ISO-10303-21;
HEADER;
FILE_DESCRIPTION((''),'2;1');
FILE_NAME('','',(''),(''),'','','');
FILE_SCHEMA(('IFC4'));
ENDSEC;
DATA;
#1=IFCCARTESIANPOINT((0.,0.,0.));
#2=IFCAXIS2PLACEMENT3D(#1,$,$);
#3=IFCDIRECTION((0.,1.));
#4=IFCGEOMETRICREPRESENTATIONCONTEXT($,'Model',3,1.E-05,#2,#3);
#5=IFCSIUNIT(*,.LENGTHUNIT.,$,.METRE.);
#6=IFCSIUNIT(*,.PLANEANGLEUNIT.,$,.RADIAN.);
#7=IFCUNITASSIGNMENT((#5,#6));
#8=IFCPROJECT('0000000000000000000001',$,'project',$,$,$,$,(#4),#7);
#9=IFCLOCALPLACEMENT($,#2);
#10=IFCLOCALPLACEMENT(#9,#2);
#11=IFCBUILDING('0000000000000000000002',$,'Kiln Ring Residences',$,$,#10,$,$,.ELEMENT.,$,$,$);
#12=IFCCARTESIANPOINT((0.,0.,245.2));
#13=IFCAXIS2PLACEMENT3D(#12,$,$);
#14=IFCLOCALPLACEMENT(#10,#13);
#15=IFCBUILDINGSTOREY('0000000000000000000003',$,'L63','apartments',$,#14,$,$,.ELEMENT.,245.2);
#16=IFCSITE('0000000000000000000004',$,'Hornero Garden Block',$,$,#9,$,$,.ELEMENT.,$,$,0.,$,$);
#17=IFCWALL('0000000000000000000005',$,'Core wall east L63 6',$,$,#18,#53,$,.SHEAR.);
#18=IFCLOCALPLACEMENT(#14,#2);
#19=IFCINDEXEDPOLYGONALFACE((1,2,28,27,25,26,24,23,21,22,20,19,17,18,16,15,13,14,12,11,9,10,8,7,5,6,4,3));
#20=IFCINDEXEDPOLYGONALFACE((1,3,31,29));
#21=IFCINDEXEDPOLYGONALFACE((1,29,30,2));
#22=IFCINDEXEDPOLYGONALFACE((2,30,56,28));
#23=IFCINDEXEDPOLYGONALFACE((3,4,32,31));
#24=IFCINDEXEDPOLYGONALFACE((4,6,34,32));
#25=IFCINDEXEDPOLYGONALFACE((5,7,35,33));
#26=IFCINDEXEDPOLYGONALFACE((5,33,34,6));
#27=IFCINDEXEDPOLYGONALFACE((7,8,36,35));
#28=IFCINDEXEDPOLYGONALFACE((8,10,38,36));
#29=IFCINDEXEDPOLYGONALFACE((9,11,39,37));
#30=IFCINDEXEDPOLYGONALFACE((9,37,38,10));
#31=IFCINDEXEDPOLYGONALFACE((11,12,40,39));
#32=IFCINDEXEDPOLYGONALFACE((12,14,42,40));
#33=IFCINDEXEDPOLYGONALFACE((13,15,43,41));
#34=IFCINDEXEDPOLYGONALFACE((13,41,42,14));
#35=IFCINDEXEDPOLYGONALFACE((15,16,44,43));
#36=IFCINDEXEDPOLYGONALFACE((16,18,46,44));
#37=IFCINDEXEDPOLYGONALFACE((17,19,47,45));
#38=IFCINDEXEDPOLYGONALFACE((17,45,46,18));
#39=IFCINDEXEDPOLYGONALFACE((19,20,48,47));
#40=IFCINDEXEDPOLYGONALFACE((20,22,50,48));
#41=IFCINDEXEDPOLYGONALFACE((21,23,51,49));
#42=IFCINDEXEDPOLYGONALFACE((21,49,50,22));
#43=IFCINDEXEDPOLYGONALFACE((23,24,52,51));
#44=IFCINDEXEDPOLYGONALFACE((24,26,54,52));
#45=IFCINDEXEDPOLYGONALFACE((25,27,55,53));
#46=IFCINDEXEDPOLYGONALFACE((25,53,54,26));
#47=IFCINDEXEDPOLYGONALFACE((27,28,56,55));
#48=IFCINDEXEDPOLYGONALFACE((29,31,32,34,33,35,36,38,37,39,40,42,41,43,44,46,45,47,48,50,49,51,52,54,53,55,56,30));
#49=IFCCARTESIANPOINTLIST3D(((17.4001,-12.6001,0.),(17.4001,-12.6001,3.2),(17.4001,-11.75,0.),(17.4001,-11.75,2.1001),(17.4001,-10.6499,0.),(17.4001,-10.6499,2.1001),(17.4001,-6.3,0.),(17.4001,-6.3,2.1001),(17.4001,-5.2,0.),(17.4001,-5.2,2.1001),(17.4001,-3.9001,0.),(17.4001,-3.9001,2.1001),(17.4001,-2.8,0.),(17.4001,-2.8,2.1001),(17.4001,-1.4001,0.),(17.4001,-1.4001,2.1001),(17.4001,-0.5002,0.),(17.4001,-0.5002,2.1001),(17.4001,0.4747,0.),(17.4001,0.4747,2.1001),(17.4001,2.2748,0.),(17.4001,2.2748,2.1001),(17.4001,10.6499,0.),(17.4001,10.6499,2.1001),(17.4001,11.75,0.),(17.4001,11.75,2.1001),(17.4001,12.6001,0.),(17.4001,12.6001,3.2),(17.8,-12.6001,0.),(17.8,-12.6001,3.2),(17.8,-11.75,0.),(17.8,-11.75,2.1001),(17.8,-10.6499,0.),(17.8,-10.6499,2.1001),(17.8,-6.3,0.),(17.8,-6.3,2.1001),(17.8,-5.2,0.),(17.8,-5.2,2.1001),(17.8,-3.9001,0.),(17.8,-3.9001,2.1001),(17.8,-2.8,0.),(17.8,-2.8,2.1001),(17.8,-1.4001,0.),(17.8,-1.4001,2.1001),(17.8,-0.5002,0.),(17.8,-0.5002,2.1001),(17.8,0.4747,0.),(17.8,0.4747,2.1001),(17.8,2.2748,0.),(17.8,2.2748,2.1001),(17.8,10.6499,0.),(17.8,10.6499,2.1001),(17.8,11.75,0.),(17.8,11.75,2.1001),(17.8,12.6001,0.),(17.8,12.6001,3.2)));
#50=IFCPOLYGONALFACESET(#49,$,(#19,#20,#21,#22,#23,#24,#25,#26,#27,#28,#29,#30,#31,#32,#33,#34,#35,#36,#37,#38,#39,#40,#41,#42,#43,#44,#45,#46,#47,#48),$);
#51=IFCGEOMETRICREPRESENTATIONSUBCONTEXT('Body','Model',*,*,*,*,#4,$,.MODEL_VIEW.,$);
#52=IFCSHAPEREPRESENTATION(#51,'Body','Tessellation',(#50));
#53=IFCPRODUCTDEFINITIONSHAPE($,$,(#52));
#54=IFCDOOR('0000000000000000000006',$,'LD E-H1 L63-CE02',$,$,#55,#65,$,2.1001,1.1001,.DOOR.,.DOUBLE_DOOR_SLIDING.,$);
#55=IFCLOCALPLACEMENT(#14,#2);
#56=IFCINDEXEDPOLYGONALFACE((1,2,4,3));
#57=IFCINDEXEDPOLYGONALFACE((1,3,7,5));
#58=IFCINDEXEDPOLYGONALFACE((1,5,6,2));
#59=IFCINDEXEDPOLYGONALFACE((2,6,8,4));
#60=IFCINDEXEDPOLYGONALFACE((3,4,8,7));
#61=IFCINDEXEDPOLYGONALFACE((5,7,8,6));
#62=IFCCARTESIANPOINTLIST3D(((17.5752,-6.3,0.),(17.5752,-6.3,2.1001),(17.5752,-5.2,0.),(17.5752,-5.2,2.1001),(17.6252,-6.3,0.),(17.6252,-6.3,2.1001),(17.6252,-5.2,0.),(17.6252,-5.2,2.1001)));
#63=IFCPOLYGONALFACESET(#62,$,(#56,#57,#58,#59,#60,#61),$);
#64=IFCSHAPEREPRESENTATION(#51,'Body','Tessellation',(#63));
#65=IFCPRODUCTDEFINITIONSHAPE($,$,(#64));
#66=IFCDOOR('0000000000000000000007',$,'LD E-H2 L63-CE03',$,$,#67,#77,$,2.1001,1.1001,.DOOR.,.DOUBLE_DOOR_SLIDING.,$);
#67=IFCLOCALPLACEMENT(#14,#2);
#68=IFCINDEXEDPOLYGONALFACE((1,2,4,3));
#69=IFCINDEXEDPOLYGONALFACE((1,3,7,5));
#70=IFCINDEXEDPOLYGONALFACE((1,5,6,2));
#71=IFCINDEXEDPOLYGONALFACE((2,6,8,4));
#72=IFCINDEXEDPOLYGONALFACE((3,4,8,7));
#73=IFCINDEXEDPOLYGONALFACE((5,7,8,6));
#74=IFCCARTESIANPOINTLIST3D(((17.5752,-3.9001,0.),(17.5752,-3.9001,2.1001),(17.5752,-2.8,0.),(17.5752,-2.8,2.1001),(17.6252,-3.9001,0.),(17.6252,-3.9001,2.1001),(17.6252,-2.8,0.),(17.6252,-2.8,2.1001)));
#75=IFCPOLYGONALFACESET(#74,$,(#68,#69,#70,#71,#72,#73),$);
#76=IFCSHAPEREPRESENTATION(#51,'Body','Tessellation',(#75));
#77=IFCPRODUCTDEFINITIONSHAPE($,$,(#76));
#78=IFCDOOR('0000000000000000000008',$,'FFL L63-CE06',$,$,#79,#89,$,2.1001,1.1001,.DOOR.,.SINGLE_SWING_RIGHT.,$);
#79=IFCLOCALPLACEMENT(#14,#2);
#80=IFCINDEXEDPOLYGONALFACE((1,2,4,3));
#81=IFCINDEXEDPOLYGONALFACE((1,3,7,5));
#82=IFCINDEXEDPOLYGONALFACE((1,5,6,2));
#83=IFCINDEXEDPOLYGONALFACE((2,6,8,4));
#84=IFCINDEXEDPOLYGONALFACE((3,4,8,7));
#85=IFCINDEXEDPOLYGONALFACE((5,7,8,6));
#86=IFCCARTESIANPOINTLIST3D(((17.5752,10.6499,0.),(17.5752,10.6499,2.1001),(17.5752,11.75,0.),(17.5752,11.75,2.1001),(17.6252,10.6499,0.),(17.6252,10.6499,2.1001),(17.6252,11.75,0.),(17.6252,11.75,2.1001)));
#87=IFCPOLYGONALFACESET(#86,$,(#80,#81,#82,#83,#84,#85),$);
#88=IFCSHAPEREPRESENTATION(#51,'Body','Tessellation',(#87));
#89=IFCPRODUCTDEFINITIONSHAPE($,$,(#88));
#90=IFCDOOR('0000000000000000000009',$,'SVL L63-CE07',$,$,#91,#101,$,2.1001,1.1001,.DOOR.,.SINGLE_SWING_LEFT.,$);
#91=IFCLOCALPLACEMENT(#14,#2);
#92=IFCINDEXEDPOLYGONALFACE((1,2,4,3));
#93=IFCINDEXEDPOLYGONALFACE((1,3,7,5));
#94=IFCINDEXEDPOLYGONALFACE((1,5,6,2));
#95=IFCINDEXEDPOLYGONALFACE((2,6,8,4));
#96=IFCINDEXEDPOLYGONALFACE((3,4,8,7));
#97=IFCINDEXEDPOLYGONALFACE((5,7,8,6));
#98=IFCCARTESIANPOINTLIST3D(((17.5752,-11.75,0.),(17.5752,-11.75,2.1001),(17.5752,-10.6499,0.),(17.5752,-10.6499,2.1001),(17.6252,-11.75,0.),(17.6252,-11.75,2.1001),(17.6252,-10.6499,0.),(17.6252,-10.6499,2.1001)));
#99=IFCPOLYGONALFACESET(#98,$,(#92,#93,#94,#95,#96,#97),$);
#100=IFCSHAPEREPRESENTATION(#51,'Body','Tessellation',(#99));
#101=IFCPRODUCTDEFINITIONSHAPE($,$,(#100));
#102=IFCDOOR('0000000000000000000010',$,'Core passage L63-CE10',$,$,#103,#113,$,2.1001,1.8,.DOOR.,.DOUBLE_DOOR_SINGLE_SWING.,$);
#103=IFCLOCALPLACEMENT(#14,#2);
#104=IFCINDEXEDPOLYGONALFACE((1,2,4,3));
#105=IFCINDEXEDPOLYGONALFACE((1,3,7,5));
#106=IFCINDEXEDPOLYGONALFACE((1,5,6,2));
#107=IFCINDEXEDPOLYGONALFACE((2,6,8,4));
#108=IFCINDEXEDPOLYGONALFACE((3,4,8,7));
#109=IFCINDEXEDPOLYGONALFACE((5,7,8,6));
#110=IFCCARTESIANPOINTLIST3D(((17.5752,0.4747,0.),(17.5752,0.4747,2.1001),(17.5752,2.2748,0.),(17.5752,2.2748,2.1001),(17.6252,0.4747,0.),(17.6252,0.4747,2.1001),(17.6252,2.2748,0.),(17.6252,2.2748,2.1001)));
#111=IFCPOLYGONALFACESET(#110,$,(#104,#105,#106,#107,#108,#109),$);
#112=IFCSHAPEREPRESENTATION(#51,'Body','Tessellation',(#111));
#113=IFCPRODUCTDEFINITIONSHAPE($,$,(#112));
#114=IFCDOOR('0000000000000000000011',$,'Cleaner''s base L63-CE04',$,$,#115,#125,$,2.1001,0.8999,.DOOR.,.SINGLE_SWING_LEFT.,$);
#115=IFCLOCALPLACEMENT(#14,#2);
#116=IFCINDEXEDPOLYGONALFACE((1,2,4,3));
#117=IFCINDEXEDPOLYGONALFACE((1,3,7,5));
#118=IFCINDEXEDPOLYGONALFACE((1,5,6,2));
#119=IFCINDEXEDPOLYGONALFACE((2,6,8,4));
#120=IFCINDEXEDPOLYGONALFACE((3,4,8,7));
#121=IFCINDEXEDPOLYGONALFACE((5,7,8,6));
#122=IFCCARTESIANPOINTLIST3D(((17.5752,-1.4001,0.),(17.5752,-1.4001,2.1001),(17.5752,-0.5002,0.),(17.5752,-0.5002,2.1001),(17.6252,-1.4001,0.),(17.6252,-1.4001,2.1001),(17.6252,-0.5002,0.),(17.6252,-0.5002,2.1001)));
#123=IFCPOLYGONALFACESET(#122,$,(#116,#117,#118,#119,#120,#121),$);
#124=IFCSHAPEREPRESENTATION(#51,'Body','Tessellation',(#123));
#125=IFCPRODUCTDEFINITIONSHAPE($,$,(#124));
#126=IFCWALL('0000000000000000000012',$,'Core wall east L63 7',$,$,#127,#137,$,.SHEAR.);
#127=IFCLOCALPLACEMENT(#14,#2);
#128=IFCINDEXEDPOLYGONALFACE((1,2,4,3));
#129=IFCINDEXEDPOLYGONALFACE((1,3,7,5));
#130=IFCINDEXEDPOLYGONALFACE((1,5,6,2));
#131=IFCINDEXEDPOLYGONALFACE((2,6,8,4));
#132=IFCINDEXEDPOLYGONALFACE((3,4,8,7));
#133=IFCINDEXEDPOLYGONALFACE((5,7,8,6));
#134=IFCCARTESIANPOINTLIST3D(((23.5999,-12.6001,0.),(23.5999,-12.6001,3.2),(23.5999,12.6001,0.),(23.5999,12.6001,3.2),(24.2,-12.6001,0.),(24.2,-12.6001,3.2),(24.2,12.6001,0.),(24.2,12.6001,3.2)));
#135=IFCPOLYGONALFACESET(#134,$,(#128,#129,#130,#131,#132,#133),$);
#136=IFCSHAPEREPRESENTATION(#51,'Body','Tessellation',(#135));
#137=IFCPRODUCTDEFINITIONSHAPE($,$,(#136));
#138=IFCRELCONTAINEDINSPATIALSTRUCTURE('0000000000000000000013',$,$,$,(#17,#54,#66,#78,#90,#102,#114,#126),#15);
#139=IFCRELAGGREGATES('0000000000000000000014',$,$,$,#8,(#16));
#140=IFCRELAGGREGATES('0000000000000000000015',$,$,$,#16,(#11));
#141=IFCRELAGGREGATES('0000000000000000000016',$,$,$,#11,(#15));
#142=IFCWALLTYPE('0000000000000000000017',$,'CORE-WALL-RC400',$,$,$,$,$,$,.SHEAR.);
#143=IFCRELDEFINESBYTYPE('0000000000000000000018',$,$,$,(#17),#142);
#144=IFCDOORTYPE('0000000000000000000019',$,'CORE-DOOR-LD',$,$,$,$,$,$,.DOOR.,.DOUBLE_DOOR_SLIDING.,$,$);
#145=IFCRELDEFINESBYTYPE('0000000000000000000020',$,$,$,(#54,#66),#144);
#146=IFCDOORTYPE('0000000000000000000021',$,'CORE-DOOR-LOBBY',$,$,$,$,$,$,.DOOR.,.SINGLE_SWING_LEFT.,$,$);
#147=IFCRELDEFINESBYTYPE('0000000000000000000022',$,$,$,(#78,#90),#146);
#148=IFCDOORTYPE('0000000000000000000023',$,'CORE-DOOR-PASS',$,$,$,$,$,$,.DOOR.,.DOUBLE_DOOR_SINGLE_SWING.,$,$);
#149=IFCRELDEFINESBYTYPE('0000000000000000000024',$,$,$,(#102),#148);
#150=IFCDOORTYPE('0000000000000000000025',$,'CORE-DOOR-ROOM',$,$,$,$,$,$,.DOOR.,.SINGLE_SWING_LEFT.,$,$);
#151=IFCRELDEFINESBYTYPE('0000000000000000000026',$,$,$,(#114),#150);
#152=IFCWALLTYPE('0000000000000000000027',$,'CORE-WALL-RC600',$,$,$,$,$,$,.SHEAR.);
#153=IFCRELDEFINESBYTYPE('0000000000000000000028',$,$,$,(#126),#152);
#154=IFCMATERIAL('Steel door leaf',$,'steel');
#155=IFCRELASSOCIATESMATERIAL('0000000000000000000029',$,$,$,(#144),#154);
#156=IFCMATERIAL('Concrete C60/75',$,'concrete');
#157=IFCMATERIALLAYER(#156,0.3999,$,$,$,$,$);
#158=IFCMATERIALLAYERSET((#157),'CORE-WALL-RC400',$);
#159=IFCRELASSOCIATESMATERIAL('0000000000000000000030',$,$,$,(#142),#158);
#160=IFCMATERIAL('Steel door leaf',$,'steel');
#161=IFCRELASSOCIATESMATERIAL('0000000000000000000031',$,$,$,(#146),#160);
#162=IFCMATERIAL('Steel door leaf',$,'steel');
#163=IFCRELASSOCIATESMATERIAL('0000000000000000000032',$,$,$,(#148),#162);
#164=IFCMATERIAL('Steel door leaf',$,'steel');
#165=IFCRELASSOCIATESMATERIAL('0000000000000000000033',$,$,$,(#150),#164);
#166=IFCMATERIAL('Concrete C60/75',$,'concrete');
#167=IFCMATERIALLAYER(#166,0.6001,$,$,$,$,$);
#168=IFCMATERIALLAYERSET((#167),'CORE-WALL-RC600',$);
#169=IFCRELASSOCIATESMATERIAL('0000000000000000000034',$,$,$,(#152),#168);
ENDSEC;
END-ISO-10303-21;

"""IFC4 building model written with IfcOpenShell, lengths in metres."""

from ifc_helpers import new_model, si_unit, direction, frame, frame_2d, origin, place, context, subcontext, project, spatial, rectangle, extrude, material, layer, layer_set, type_object, element, fill, save


model = new_model("IFC4")

# Units and contexts
model_context = context("Model", 3, precision=1e-05, world=origin(), true_north=direction((0.0, 1.0)))
body_context = subcontext(model_context, "Body", "Model", "MODEL_VIEW")
ifc_project = project(units=[si_unit("LENGTHUNIT", "METRE"), si_unit("PLANEANGLEUNIT", "RADIAN")], contexts=[model_context])

# Site, building, storey
site_placement = place(None, origin())
site = spatial("IfcSite", under=ifc_project, at=site_placement, Name="Hornero Garden Block", CompositionType="ELEMENT", RefElevation=0.0)
building_placement = place(site_placement, origin())
building = spatial("IfcBuilding", under=site, at=building_placement, Name="Kiln Ring Residences", CompositionType="ELEMENT")
storey_placement = place(building_placement, frame((0.0, 0.0, 245.2)))
storey = spatial("IfcBuildingStorey", under=building, at=storey_placement, Name="L63", Description="apartments", CompositionType="ELEMENT", Elevation=245.2)

# Wall, openings, doors
ifc_material_1 = material(Name="Steel door leaf", Category="steel")
door_type_1 = type_object("IfcDoorType", Name="CORE-DOOR-LD", OperationType="DOUBLE_DOOR_SLIDING", PredefinedType="DOOR", material=ifc_material_1)
ifc_material_2 = material(Name="Concrete C60/75", Category="concrete")
ifc_layer_1 = layer(ifc_material_2, 0.3999)
ifc_layer_set_1 = layer_set([ifc_layer_1], Name="CORE-WALL-RC400")
wall_type_1 = type_object("IfcWallType", Name="CORE-WALL-RC400", PredefinedType="SHEAR", material=ifc_layer_set_1)
wall_1_placement = place(storey_placement, frame((17.6001, -12.6001, 0.0), z_axis=(0.0, 0.0, 1.0), x_axis=(0.0, 1.0, 0.0)))
wall_1 = element("IfcWall", 1, at=wall_1_placement, inside=storey, type_object=wall_type_1, Name="Core wall east L63 6", PredefinedType="SHEAR", context=body_context, shape_type="SweptSolid", body=[
    extrude(rectangle(XDim=25.2002, YDim=0.3999, at=frame_2d((12.6001, 0.0))), origin(), (0.0, 0.0, 1.0), 3.2),
])
opening_1_placement = place(wall_1_placement, frame((6.3, 0.0, 0.0)))
opening_1 = element("IfcOpeningElement", 2, at=opening_1_placement, cuts=wall_1, PredefinedType="OPENING", context=body_context, shape_type="SweptSolid", body=[
    extrude(rectangle(XDim=1.1001, YDim=2.1001, at=frame_2d((0.55, 1.05))), frame((0.0, 0.21, 0.0), z_axis=(0.0, -1.0, 0.0), x_axis=(1.0, 0.0, 0.0)), (0.0, 0.0, 1.0), 0.4199),
])
opening_2_placement = place(wall_1_placement, frame((8.7, 0.0, 0.0)))
opening_2 = element("IfcOpeningElement", 3, at=opening_2_placement, cuts=wall_1, PredefinedType="OPENING", context=body_context, shape_type="SweptSolid", body=[
    extrude(rectangle(XDim=1.1001, YDim=2.1001, at=frame_2d((0.55, 1.05))), frame((0.0, 0.21, 0.0), z_axis=(0.0, -1.0, 0.0), x_axis=(1.0, 0.0, 0.0)), (0.0, 0.0, 1.0), 0.4199),
])
opening_3_placement = place(wall_1_placement, frame((11.2, 0.0, 0.0)))
opening_3 = element("IfcOpeningElement", 4, at=opening_3_placement, cuts=wall_1, PredefinedType="OPENING", context=body_context, shape_type="SweptSolid", body=[
    extrude(rectangle(XDim=0.8999, YDim=2.1001, at=frame_2d((0.45, 1.05))), frame((0.0, 0.21, 0.0), z_axis=(0.0, -1.0, 0.0), x_axis=(1.0, 0.0, 0.0)), (0.0, 0.0, 1.0), 0.4199),
])
opening_4_placement = place(wall_1_placement, frame((23.25, 0.0, 0.0)))
opening_4 = element("IfcOpeningElement", 5, at=opening_4_placement, cuts=wall_1, PredefinedType="OPENING", context=body_context, shape_type="SweptSolid", body=[
    extrude(rectangle(XDim=1.1001, YDim=2.1001, at=frame_2d((0.55, 1.05))), frame((0.0, 0.21, 0.0), z_axis=(0.0, -1.0, 0.0), x_axis=(1.0, 0.0, 0.0)), (0.0, 0.0, 1.0), 0.4199),
])
opening_5_placement = place(wall_1_placement, frame((0.8501, 0.0, 0.0)))
opening_5 = element("IfcOpeningElement", 6, at=opening_5_placement, cuts=wall_1, PredefinedType="OPENING", context=body_context, shape_type="SweptSolid", body=[
    extrude(rectangle(XDim=1.1001, YDim=2.1001, at=frame_2d((0.55, 1.05))), frame((0.0, 0.21, 0.0), z_axis=(0.0, -1.0, 0.0), x_axis=(1.0, 0.0, 0.0)), (0.0, 0.0, 1.0), 0.4199),
])
opening_6_placement = place(wall_1_placement, frame((13.075, 0.0, 0.0)))
opening_6 = element("IfcOpeningElement", 7, at=opening_6_placement, cuts=wall_1, PredefinedType="OPENING", context=body_context, shape_type="SweptSolid", body=[
    extrude(rectangle(XDim=1.8, YDim=2.1001, at=frame_2d((0.8999, 1.05))), frame((0.0, 0.21, 0.0), z_axis=(0.0, -1.0, 0.0), x_axis=(1.0, 0.0, 0.0)), (0.0, 0.0, 1.0), 0.4199),
])
door_1_placement = place(opening_1_placement, origin())
door_1 = element("IfcDoor", 8, at=door_1_placement, inside=storey, type_object=door_type_1, Name="LD E-H1 L63-CE02", OperationType="DOUBLE_DOOR_SLIDING", OverallHeight=2.1001, OverallWidth=1.1001, PredefinedType="DOOR", context=body_context, shape_type="SweptSolid", body=[
    extrude(rectangle(XDim=1.1001, YDim=2.1001, at=frame_2d((0.55, 1.05))), frame((0.0, 0.0249, 0.0), z_axis=(0.0, -1.0, 0.0), x_axis=(1.0, 0.0, 0.0)), (0.0, 0.0, 1.0), 0.05),
])
fill(opening_1, door_1)
door_2_placement = place(opening_2_placement, origin())
door_2 = element("IfcDoor", 9, at=door_2_placement, inside=storey, type_object=door_type_1, Name="LD E-H2 L63-CE03", OperationType="DOUBLE_DOOR_SLIDING", OverallHeight=2.1001, OverallWidth=1.1001, PredefinedType="DOOR", context=body_context, shape_type="SweptSolid", body=[
    extrude(rectangle(XDim=1.1001, YDim=2.1001, at=frame_2d((0.55, 1.05))), frame((0.0, 0.0249, 0.0), z_axis=(0.0, -1.0, 0.0), x_axis=(1.0, 0.0, 0.0)), (0.0, 0.0, 1.0), 0.05),
])
fill(opening_2, door_2)
ifc_material_3 = material(Name="Steel door leaf", Category="steel")
door_type_2 = type_object("IfcDoorType", Name="CORE-DOOR-LOBBY", OperationType="SINGLE_SWING_LEFT", PredefinedType="DOOR", material=ifc_material_3)
door_3_placement = place(opening_4_placement, origin())
door_3 = element("IfcDoor", 10, at=door_3_placement, inside=storey, type_object=door_type_2, Name="FFL L63-CE06", OperationType="SINGLE_SWING_RIGHT", OverallHeight=2.1001, OverallWidth=1.1001, PredefinedType="DOOR", context=body_context, shape_type="SweptSolid", body=[
    extrude(rectangle(XDim=1.1001, YDim=2.1001, at=frame_2d((0.55, 1.05))), frame((0.0, 0.0249, 0.0), z_axis=(0.0, -1.0, 0.0), x_axis=(1.0, 0.0, 0.0)), (0.0, 0.0, 1.0), 0.05),
])
fill(opening_4, door_3)
door_4_placement = place(opening_5_placement, origin())
door_4 = element("IfcDoor", 11, at=door_4_placement, inside=storey, type_object=door_type_2, Name="SVL L63-CE07", OperationType="SINGLE_SWING_LEFT", OverallHeight=2.1001, OverallWidth=1.1001, PredefinedType="DOOR", context=body_context, shape_type="SweptSolid", body=[
    extrude(rectangle(XDim=1.1001, YDim=2.1001, at=frame_2d((0.55, 1.05))), frame((0.0, 0.0249, 0.0), z_axis=(0.0, -1.0, 0.0), x_axis=(1.0, 0.0, 0.0)), (0.0, 0.0, 1.0), 0.05),
])
fill(opening_5, door_4)
ifc_material_4 = material(Name="Steel door leaf", Category="steel")
door_type_3 = type_object("IfcDoorType", Name="CORE-DOOR-PASS", OperationType="DOUBLE_DOOR_SINGLE_SWING", PredefinedType="DOOR", material=ifc_material_4)
door_5_placement = place(opening_6_placement, origin())
door_5 = element("IfcDoor", 12, at=door_5_placement, inside=storey, type_object=door_type_3, Name="Core passage L63-CE10", OperationType="DOUBLE_DOOR_SINGLE_SWING", OverallHeight=2.1001, OverallWidth=1.8, PredefinedType="DOOR", context=body_context, shape_type="SweptSolid", body=[
    extrude(rectangle(XDim=1.8, YDim=2.1001, at=frame_2d((0.8999, 1.05))), frame((0.0, 0.0249, 0.0), z_axis=(0.0, -1.0, 0.0), x_axis=(1.0, 0.0, 0.0)), (0.0, 0.0, 1.0), 0.05),
])
fill(opening_6, door_5)
ifc_material_5 = material(Name="Steel door leaf", Category="steel")
door_type_4 = type_object("IfcDoorType", Name="CORE-DOOR-ROOM", OperationType="SINGLE_SWING_LEFT", PredefinedType="DOOR", material=ifc_material_5)
door_6_placement = place(opening_3_placement, origin())
door_6 = element("IfcDoor", 13, at=door_6_placement, inside=storey, type_object=door_type_4, Name="Cleaner's base L63-CE04", OperationType="SINGLE_SWING_LEFT", OverallHeight=2.1001, OverallWidth=0.8999, PredefinedType="DOOR", context=body_context, shape_type="SweptSolid", body=[
    extrude(rectangle(XDim=0.8999, YDim=2.1001, at=frame_2d((0.45, 1.05))), frame((0.0, 0.0249, 0.0), z_axis=(0.0, -1.0, 0.0), x_axis=(1.0, 0.0, 0.0)), (0.0, 0.0, 1.0), 0.05),
])
fill(opening_3, door_6)

# Wall
ifc_material_6 = material(Name="Concrete C60/75", Category="concrete")
ifc_layer_2 = layer(ifc_material_6, 0.6001)
ifc_layer_set_2 = layer_set([ifc_layer_2], Name="CORE-WALL-RC600")
wall_type_2 = type_object("IfcWallType", Name="CORE-WALL-RC600", PredefinedType="SHEAR", material=ifc_layer_set_2)
wall_2_placement = place(storey_placement, frame((23.8999, -12.6001, 0.0), z_axis=(0.0, 0.0, 1.0), x_axis=(0.0, 1.0, 0.0)))
element("IfcWall", 14, at=wall_2_placement, inside=storey, type_object=wall_type_2, Name="Core wall east L63 7", PredefinedType="SHEAR", context=body_context, shape_type="SweptSolid", body=[
    extrude(rectangle(XDim=25.2002, YDim=0.6001, at=frame_2d((12.6001, 0.0))), origin(), (0.0, 0.0, 1.0), 3.2),
])

save(model, "model.ifc")
